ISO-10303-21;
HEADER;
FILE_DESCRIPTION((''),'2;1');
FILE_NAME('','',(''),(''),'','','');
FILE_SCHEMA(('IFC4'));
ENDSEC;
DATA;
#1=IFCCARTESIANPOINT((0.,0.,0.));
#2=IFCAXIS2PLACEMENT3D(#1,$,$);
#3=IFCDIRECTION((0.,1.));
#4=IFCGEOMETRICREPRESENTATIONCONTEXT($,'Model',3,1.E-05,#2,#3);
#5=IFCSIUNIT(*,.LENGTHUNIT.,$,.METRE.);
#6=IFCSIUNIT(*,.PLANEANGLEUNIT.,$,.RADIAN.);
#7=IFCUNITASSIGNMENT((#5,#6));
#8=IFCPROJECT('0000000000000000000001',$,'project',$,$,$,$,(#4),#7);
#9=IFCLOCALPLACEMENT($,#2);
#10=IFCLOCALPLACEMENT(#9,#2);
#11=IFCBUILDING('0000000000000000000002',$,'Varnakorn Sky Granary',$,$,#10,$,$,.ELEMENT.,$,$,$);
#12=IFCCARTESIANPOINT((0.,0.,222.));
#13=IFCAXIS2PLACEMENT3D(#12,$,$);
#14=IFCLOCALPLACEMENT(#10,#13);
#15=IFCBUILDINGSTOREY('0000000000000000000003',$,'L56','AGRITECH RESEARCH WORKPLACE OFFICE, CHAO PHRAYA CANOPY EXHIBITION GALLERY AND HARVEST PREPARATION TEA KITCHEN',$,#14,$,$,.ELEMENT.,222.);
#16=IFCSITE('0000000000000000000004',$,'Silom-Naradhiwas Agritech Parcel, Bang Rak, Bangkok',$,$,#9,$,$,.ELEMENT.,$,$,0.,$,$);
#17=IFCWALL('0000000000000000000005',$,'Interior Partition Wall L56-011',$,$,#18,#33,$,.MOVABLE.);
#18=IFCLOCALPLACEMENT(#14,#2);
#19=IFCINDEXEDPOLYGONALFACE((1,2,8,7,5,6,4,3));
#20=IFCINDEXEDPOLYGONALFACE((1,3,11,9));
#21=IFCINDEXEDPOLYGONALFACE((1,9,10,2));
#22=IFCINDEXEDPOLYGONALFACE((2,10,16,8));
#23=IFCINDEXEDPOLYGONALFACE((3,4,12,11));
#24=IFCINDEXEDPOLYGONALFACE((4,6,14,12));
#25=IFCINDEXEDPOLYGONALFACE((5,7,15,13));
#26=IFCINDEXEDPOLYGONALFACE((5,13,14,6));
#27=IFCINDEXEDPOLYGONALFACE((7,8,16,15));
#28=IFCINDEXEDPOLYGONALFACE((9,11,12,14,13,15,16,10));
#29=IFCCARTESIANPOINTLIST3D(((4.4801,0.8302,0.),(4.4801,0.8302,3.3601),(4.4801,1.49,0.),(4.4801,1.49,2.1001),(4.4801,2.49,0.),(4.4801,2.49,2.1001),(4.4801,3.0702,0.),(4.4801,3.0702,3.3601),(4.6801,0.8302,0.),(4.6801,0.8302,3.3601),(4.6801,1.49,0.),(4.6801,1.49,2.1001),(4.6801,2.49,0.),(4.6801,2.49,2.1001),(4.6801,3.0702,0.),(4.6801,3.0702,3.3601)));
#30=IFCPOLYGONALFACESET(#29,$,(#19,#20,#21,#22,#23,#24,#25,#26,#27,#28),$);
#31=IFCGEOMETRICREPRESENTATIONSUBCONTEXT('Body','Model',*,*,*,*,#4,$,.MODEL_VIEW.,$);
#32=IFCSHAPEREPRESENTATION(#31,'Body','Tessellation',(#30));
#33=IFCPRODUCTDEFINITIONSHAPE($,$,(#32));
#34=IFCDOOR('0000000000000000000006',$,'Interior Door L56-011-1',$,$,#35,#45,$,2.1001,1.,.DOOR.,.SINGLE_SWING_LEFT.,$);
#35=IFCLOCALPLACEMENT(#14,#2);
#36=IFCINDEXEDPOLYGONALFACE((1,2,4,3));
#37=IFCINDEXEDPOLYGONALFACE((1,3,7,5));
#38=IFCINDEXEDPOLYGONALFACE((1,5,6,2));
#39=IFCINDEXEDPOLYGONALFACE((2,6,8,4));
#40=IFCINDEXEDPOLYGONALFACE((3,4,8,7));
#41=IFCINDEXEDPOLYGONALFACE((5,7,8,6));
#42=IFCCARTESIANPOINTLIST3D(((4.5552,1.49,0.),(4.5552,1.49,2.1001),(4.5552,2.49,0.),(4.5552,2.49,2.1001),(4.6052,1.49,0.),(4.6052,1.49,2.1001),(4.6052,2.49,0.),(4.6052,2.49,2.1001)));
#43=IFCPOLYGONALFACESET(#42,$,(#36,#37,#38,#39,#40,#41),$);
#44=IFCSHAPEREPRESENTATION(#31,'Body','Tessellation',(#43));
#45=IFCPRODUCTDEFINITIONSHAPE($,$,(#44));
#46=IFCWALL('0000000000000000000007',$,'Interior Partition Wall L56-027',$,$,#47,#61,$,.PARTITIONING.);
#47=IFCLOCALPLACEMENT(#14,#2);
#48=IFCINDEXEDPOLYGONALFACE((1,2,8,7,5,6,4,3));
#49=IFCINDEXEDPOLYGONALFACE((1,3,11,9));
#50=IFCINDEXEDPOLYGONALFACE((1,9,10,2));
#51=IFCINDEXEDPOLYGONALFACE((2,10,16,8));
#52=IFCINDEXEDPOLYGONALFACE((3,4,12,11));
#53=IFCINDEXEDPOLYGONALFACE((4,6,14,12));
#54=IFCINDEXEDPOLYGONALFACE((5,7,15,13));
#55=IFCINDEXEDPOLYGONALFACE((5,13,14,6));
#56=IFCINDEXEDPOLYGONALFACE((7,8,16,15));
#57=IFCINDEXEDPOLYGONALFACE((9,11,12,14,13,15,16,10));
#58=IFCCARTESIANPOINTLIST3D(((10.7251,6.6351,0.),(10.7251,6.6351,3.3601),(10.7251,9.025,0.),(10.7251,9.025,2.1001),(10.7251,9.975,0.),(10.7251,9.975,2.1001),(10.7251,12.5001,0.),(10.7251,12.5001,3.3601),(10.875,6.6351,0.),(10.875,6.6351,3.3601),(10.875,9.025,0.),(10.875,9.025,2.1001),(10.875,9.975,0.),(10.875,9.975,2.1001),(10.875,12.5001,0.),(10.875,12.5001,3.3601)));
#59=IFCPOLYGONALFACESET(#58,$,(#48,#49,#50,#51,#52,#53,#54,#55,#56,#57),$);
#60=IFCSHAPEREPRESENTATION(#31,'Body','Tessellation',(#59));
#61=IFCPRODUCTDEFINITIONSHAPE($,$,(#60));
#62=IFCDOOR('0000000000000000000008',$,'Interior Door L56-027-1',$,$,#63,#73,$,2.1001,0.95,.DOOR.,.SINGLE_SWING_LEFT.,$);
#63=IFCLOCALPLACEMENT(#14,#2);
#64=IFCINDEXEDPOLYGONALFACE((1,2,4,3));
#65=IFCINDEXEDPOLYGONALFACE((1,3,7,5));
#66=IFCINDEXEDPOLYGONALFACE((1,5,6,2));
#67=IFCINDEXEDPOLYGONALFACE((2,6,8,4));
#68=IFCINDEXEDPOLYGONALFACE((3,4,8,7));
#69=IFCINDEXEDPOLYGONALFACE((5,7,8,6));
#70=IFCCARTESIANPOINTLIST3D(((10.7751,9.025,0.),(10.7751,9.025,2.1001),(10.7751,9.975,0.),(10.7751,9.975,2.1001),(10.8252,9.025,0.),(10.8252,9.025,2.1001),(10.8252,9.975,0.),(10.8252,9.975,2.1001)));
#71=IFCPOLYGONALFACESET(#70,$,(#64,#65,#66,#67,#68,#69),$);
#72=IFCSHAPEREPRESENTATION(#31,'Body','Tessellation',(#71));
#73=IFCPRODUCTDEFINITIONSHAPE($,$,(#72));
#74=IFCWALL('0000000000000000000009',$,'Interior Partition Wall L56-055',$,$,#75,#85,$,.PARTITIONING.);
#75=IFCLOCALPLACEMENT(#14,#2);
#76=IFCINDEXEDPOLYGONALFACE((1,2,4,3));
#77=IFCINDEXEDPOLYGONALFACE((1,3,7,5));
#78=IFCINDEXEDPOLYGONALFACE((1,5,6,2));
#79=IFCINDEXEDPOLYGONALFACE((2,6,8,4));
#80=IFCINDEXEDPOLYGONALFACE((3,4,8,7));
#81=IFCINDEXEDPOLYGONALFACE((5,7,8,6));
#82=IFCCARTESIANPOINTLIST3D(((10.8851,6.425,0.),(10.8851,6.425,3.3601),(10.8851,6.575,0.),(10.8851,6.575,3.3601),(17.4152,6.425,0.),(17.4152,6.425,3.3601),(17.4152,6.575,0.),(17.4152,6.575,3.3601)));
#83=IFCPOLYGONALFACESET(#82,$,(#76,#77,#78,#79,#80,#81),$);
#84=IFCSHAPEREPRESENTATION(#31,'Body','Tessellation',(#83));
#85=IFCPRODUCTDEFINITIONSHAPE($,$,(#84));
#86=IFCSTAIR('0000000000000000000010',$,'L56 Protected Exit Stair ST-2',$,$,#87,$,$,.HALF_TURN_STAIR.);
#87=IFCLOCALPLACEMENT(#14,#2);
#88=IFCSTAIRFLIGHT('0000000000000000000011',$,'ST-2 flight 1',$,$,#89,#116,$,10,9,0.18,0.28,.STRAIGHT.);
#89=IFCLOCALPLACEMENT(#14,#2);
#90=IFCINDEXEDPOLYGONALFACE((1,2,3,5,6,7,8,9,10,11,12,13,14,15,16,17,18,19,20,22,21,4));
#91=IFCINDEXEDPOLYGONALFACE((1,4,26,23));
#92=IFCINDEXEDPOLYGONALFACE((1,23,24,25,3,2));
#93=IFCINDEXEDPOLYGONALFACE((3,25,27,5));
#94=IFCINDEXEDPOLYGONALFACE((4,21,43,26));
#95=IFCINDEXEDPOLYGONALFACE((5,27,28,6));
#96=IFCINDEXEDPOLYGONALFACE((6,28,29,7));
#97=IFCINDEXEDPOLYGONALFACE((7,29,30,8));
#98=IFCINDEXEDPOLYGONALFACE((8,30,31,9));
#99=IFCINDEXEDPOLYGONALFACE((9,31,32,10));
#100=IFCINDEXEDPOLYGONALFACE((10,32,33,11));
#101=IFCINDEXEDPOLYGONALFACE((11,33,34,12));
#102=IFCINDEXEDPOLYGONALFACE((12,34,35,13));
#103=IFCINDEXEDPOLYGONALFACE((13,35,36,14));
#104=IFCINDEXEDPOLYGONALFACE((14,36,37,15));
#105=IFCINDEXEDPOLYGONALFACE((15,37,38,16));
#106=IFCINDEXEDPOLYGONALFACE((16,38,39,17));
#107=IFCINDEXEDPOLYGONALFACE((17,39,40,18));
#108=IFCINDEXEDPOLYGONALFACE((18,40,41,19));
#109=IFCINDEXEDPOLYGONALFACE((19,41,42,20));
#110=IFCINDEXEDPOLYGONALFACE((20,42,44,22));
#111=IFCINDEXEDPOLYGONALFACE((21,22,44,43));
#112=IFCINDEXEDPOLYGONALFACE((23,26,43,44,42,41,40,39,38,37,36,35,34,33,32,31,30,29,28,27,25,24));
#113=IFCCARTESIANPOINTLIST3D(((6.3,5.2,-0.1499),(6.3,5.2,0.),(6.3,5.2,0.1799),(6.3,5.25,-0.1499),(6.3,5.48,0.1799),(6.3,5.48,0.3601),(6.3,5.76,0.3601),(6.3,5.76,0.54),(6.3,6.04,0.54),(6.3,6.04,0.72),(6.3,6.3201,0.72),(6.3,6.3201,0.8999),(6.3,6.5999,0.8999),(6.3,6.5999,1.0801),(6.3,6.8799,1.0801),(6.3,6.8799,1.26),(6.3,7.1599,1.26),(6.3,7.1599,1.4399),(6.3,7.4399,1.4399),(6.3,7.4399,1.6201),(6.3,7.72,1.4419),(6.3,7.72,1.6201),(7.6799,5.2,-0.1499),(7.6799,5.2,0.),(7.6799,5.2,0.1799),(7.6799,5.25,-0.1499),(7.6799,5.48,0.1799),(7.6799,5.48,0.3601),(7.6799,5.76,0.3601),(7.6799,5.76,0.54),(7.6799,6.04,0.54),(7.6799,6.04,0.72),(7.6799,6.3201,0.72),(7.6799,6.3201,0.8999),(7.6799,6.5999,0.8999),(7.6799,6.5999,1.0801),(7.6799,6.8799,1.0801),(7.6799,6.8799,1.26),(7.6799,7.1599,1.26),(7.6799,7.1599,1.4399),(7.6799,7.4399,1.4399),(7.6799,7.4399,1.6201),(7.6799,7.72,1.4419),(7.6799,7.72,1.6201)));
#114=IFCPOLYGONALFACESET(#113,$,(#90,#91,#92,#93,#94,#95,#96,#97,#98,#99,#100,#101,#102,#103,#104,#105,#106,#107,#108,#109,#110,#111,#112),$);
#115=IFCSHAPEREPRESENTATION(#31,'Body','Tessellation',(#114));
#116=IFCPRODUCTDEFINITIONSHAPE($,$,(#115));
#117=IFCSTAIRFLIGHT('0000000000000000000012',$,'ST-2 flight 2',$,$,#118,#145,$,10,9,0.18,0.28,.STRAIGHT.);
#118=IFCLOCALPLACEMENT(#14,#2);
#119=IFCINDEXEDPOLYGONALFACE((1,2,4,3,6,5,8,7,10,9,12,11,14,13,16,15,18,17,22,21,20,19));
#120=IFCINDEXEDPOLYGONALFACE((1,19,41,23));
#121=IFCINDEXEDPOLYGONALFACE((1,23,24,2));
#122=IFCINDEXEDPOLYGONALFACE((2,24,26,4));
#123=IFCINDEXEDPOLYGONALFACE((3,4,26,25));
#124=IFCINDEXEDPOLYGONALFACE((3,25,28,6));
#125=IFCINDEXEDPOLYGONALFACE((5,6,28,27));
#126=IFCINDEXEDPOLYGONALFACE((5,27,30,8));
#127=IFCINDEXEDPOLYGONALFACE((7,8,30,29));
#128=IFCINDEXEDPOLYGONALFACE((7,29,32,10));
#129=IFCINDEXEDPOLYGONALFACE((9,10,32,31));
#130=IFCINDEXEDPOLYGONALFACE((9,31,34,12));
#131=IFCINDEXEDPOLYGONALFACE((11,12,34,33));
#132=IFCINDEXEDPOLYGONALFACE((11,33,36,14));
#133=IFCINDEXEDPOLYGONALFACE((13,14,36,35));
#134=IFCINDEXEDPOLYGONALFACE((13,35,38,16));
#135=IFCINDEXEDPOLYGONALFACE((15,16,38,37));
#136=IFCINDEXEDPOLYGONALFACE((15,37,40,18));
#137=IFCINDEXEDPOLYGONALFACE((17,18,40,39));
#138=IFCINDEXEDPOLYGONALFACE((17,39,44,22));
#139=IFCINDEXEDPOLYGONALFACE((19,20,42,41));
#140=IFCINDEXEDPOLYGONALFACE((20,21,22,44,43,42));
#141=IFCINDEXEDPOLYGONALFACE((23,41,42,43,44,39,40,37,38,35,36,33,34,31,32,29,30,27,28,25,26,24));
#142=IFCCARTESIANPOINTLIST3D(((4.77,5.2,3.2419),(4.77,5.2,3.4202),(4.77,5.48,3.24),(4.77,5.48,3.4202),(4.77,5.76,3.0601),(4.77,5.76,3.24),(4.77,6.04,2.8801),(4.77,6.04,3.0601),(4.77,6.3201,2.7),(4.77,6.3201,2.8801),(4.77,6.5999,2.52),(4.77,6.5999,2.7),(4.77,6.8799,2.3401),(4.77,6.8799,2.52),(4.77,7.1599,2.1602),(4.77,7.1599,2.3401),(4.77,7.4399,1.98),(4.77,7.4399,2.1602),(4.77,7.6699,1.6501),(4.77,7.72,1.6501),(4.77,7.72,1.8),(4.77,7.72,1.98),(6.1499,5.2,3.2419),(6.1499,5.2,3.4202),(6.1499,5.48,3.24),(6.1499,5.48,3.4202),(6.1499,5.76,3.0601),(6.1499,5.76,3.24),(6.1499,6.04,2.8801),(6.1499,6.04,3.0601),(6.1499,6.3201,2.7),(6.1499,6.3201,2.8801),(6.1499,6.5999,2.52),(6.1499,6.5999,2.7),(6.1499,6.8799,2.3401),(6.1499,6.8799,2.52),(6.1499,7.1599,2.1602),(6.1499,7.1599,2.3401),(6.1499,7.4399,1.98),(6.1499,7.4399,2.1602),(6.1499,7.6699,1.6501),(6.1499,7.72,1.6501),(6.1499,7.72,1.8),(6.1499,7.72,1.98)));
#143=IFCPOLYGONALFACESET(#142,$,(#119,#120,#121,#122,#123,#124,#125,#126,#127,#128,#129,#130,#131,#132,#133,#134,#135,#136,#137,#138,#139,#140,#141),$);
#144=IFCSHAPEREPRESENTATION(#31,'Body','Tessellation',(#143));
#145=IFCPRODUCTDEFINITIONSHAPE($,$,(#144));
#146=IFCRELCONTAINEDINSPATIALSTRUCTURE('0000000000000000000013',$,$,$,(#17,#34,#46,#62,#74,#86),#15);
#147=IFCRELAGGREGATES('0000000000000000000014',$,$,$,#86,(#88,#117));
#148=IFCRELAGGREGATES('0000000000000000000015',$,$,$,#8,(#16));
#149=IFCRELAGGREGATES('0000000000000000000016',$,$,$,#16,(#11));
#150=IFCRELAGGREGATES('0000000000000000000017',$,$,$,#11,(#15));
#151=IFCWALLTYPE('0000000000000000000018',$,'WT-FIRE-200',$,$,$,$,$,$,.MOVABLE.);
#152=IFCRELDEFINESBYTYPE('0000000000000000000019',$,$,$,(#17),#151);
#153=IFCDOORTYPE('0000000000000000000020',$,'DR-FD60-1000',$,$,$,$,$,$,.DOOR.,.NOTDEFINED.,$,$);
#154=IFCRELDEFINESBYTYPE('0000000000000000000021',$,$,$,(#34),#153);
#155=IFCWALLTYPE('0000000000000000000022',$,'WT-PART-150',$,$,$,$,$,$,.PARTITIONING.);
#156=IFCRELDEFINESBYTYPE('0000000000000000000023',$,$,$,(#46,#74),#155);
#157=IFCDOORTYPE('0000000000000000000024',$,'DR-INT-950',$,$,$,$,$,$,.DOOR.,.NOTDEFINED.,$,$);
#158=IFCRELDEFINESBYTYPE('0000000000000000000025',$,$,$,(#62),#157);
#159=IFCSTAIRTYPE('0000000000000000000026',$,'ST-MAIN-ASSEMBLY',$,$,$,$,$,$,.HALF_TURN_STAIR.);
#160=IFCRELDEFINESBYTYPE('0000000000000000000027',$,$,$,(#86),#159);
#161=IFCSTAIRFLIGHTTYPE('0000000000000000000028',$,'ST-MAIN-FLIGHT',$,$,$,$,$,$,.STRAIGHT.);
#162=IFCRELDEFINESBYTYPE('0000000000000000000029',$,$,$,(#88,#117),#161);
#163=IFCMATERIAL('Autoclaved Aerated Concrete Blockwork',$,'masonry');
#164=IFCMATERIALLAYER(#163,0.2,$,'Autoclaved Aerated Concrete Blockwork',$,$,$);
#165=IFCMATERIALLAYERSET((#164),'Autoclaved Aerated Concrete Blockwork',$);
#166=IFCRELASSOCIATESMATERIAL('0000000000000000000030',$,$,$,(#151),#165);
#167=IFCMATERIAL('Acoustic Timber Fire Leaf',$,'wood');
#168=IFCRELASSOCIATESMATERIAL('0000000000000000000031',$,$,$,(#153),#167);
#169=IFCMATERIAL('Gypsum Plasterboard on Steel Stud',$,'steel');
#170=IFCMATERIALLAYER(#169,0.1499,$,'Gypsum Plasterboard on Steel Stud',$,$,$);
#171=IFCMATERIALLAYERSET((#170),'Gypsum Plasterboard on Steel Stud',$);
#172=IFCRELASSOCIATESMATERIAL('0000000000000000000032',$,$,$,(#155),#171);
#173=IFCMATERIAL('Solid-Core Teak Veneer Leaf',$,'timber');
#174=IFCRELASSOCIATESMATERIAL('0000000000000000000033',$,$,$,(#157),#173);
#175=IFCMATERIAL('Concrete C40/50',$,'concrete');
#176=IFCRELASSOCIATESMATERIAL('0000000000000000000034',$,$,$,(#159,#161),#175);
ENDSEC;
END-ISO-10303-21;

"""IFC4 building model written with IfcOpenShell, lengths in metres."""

from ifc_helpers import new_model, si_unit, direction, frame, frame_2d, origin, place, context, subcontext, project, spatial, polyline, rectangle, outline, extrude, material, layer, layer_set, type_object, element, fill, aggregate, save


model = new_model("IFC4")

# Units and contexts
model_context = context("Model", 3, precision=1e-05, world=origin(), true_north=direction((0.0, 1.0)))
body_context = subcontext(model_context, "Body", "Model", "MODEL_VIEW")
ifc_project = project(units=[si_unit("LENGTHUNIT", "METRE"), si_unit("PLANEANGLEUNIT", "RADIAN")], contexts=[model_context])

# Site, building, storey
site_placement = place(None, origin())
site = spatial("IfcSite", under=ifc_project, at=site_placement, Name="Silom-Naradhiwas Agritech Parcel, Bang Rak, Bangkok", CompositionType="ELEMENT", RefElevation=0.0)
building_placement = place(site_placement, origin())
building = spatial("IfcBuilding", under=site, at=building_placement, Name="Varnakorn Sky Granary", CompositionType="ELEMENT")
storey_placement = place(building_placement, frame((0.0, 0.0, 222.0)))
storey = spatial("IfcBuildingStorey", under=building, at=storey_placement, Name="L56", Description="AGRITECH RESEARCH WORKPLACE OFFICE, CHAO PHRAYA CANOPY EXHIBITION GALLERY AND HARVEST PREPARATION TEA KITCHEN", CompositionType="ELEMENT", Elevation=222.0)

# Walls, openings, doors
ifc_material_1 = material(Name="Autoclaved Aerated Concrete Blockwork", Category="masonry")
ifc_layer_1 = layer(ifc_material_1, 0.2, Name="Autoclaved Aerated Concrete Blockwork")
ifc_layer_set_1 = layer_set([ifc_layer_1], Name="Autoclaved Aerated Concrete Blockwork")
wall_type_1 = type_object("IfcWallType", Name="WT-FIRE-200", PredefinedType="MOVABLE", material=ifc_layer_set_1)
wall_1_placement = place(storey_placement, frame((4.5801, 0.8301, 0.0), z_axis=(0.0, 0.0, 1.0), x_axis=(0.0, 1.0, 0.0)))
wall_1 = element("IfcWall", 1, at=wall_1_placement, inside=storey, type_object=wall_type_1, Name="Interior Partition Wall L56-011", PredefinedType="MOVABLE", context=body_context, shape_type="SweptSolid", body=[
    extrude(rectangle(XDim=2.24, YDim=0.2, at=frame_2d((1.1201, 0.0))), origin(), (0.0, 0.0, 1.0), 3.3601),
])
opening_1_placement = place(wall_1_placement, frame((0.6599, 0.0, 0.0)))
opening_1 = element("IfcOpeningElement", 2, at=opening_1_placement, cuts=wall_1, PredefinedType="OPENING", context=body_context, shape_type="SweptSolid", body=[
    extrude(rectangle(XDim=1.0, YDim=2.1001, at=frame_2d((0.5, 1.05))), frame((0.0, 0.1099, 0.0), z_axis=(0.0, -1.0, 0.0), x_axis=(1.0, 0.0, 0.0)), (0.0, 0.0, 1.0), 0.22),
])
ifc_material_2 = material(Name="Acoustic Timber Fire Leaf", Category="wood")
door_type_1 = type_object("IfcDoorType", Name="DR-FD60-1000", OperationType="NOTDEFINED", PredefinedType="DOOR", material=ifc_material_2)
door_1_placement = place(opening_1_placement, origin())
door_1 = element("IfcDoor", 3, at=door_1_placement, inside=storey, type_object=door_type_1, Name="Interior Door L56-011-1", OperationType="SINGLE_SWING_LEFT", OverallHeight=2.1001, OverallWidth=1.0, PredefinedType="DOOR", context=body_context, shape_type="SweptSolid", body=[
    extrude(rectangle(XDim=1.0, YDim=2.1001, at=frame_2d((0.5, 1.05))), frame((0.0, 0.0249, 0.0), z_axis=(0.0, -1.0, 0.0), x_axis=(1.0, 0.0, 0.0)), (0.0, 0.0, 1.0), 0.05),
])
fill(opening_1, door_1)
ifc_material_3 = material(Name="Gypsum Plasterboard on Steel Stud", Category="steel")
ifc_layer_2 = layer(ifc_material_3, 0.1499, Name="Gypsum Plasterboard on Steel Stud")
ifc_layer_set_2 = layer_set([ifc_layer_2], Name="Gypsum Plasterboard on Steel Stud")
wall_type_2 = type_object("IfcWallType", Name="WT-PART-150", PredefinedType="PARTITIONING", material=ifc_layer_set_2)
wall_2_placement = place(storey_placement, frame((10.8, 6.635, 0.0), z_axis=(0.0, 0.0, 1.0), x_axis=(0.0, 1.0, 0.0)))
wall_2 = element("IfcWall", 4, at=wall_2_placement, inside=storey, type_object=wall_type_2, Name="Interior Partition Wall L56-027", PredefinedType="PARTITIONING", context=body_context, shape_type="SweptSolid", body=[
    extrude(rectangle(XDim=5.865, YDim=0.1499, at=frame_2d((2.9326, 0.0))), origin(), (0.0, 0.0, 1.0), 3.3601),
])
opening_2_placement = place(wall_2_placement, frame((2.3899, 0.0, 0.0)))
opening_2 = element("IfcOpeningElement", 5, at=opening_2_placement, cuts=wall_2, PredefinedType="OPENING", context=body_context, shape_type="SweptSolid", body=[
    extrude(rectangle(XDim=0.95, YDim=2.1001, at=frame_2d((0.4751, 1.05))), frame((0.0, 0.085, 0.0), z_axis=(0.0, -1.0, 0.0), x_axis=(1.0, 0.0, 0.0)), (0.0, 0.0, 1.0), 0.1699),
])
ifc_material_4 = material(Name="Solid-Core Teak Veneer Leaf", Category="timber")
door_type_2 = type_object("IfcDoorType", Name="DR-INT-950", OperationType="NOTDEFINED", PredefinedType="DOOR", material=ifc_material_4)
door_2_placement = place(opening_2_placement, origin())
door_2 = element("IfcDoor", 6, at=door_2_placement, inside=storey, type_object=door_type_2, Name="Interior Door L56-027-1", OperationType="SINGLE_SWING_LEFT", OverallHeight=2.1001, OverallWidth=0.95, PredefinedType="DOOR", context=body_context, shape_type="SweptSolid", body=[
    extrude(rectangle(XDim=0.95, YDim=2.1001, at=frame_2d((0.4751, 1.05))), frame((0.0, 0.0249, 0.0), z_axis=(0.0, -1.0, 0.0), x_axis=(1.0, 0.0, 0.0)), (0.0, 0.0, 1.0), 0.05),
])
fill(opening_2, door_2)

# Wall
wall_3_placement = place(storey_placement, frame((10.885, 6.5, 0.0), z_axis=(0.0, 0.0, 1.0), x_axis=(1.0, 0.0, 0.0)))
element("IfcWall", 7, at=wall_3_placement, inside=storey, type_object=wall_type_2, Name="Interior Partition Wall L56-055", PredefinedType="PARTITIONING", context=body_context, shape_type="SweptSolid", body=[
    extrude(rectangle(XDim=6.53, YDim=0.1499, at=frame_2d((3.2651, 0.0))), origin(), (0.0, 0.0, 1.0), 3.3601),
])

# Stair, stair flights
ifc_material_5 = material(Name="Concrete C40/50", Category="concrete")
stair_type = type_object("IfcStairType", Name="ST-MAIN-ASSEMBLY", PredefinedType="HALF_TURN_STAIR", material=ifc_material_5)
stair_placement = place(storey_placement, origin())
stair = element("IfcStair", 8, at=stair_placement, inside=storey, type_object=stair_type, Name="L56 Protected Exit Stair ST-2", PredefinedType="HALF_TURN_STAIR")
stair_flight_type = type_object("IfcStairFlightType", Name="ST-MAIN-FLIGHT", PredefinedType="STRAIGHT", material=ifc_material_5)
stair_flight_1_placement = place(storey_placement, frame((6.99, 5.2, 0.0), z_axis=(0.0, 0.0, 1.0), x_axis=(0.0, 1.0, 0.0)))
stair_flight_1 = element("IfcStairFlight", 9, at=stair_flight_1_placement, type_object=stair_flight_type, Name="ST-2 flight 1", NumberOfRisers=10, NumberOfTreads=9, PredefinedType="STRAIGHT", RiserHeight=0.18, TreadLength=0.28, context=body_context, shape_type="SweptSolid", body=[
    extrude(outline(polyline([(0.0, -0.1499), (0.0, 0.0), (0.0, 0.1799), (0.28, 0.1799), (0.28, 0.3601), (0.5601, 0.3601), (0.5601, 0.54), (0.8401, 0.54), (0.8401, 0.72), (1.1201, 0.72), (1.1201, 0.8999), (1.3999, 0.8999), (1.3999, 1.0801), (1.6799, 1.0801), (1.6799, 1.26), (1.96, 1.26), (1.96, 1.4399), (2.24, 1.4399), (2.24, 1.6201), (2.52, 1.6201), (2.52, 1.8), (2.52, 1.4419), (0.05, -0.1499), (0.0, -0.1499)])), frame((0.0, 0.6899, 0.0), z_axis=(0.0, -1.0, 0.0), x_axis=(1.0, 0.0, 0.0)), (0.0, 0.0, 1.0), 1.3799),
])
stair_flight_2_placement = place(storey_placement, frame((5.46, 7.72, 1.8), z_axis=(0.0, 0.0, 1.0), x_axis=(0.0, -1.0, 0.0)))
stair_flight_2 = element("IfcStairFlight", 10, at=stair_flight_2_placement, type_object=stair_flight_type, Name="ST-2 flight 2", NumberOfRisers=10, NumberOfTreads=9, PredefinedType="STRAIGHT", RiserHeight=0.18, TreadLength=0.28, context=body_context, shape_type="SweptSolid", body=[
    extrude(outline(polyline([(0.0, -0.1499), (0.0, 0.0), (0.0, 0.1799), (0.28, 0.1799), (0.28, 0.3601), (0.5601, 0.3601), (0.5601, 0.54), (0.8401, 0.54), (0.8401, 0.72), (1.1201, 0.72), (1.1201, 0.8999), (1.3999, 0.8999), (1.3999, 1.0801), (1.6799, 1.0801), (1.6799, 1.26), (1.96, 1.26), (1.96, 1.4399), (2.24, 1.4399), (2.24, 1.6201), (2.52, 1.6201), (2.52, 1.8), (2.52, 1.4419), (0.05, -0.1499), (0.0, -0.1499)])), frame((0.0, 0.6899, 0.0), z_axis=(0.0, -1.0, 0.0), x_axis=(1.0, 0.0, 0.0)), (0.0, 0.0, 1.0), 1.3799),
])
aggregate(stair, [stair_flight_1, stair_flight_2])

save(model, "model.ifc")
